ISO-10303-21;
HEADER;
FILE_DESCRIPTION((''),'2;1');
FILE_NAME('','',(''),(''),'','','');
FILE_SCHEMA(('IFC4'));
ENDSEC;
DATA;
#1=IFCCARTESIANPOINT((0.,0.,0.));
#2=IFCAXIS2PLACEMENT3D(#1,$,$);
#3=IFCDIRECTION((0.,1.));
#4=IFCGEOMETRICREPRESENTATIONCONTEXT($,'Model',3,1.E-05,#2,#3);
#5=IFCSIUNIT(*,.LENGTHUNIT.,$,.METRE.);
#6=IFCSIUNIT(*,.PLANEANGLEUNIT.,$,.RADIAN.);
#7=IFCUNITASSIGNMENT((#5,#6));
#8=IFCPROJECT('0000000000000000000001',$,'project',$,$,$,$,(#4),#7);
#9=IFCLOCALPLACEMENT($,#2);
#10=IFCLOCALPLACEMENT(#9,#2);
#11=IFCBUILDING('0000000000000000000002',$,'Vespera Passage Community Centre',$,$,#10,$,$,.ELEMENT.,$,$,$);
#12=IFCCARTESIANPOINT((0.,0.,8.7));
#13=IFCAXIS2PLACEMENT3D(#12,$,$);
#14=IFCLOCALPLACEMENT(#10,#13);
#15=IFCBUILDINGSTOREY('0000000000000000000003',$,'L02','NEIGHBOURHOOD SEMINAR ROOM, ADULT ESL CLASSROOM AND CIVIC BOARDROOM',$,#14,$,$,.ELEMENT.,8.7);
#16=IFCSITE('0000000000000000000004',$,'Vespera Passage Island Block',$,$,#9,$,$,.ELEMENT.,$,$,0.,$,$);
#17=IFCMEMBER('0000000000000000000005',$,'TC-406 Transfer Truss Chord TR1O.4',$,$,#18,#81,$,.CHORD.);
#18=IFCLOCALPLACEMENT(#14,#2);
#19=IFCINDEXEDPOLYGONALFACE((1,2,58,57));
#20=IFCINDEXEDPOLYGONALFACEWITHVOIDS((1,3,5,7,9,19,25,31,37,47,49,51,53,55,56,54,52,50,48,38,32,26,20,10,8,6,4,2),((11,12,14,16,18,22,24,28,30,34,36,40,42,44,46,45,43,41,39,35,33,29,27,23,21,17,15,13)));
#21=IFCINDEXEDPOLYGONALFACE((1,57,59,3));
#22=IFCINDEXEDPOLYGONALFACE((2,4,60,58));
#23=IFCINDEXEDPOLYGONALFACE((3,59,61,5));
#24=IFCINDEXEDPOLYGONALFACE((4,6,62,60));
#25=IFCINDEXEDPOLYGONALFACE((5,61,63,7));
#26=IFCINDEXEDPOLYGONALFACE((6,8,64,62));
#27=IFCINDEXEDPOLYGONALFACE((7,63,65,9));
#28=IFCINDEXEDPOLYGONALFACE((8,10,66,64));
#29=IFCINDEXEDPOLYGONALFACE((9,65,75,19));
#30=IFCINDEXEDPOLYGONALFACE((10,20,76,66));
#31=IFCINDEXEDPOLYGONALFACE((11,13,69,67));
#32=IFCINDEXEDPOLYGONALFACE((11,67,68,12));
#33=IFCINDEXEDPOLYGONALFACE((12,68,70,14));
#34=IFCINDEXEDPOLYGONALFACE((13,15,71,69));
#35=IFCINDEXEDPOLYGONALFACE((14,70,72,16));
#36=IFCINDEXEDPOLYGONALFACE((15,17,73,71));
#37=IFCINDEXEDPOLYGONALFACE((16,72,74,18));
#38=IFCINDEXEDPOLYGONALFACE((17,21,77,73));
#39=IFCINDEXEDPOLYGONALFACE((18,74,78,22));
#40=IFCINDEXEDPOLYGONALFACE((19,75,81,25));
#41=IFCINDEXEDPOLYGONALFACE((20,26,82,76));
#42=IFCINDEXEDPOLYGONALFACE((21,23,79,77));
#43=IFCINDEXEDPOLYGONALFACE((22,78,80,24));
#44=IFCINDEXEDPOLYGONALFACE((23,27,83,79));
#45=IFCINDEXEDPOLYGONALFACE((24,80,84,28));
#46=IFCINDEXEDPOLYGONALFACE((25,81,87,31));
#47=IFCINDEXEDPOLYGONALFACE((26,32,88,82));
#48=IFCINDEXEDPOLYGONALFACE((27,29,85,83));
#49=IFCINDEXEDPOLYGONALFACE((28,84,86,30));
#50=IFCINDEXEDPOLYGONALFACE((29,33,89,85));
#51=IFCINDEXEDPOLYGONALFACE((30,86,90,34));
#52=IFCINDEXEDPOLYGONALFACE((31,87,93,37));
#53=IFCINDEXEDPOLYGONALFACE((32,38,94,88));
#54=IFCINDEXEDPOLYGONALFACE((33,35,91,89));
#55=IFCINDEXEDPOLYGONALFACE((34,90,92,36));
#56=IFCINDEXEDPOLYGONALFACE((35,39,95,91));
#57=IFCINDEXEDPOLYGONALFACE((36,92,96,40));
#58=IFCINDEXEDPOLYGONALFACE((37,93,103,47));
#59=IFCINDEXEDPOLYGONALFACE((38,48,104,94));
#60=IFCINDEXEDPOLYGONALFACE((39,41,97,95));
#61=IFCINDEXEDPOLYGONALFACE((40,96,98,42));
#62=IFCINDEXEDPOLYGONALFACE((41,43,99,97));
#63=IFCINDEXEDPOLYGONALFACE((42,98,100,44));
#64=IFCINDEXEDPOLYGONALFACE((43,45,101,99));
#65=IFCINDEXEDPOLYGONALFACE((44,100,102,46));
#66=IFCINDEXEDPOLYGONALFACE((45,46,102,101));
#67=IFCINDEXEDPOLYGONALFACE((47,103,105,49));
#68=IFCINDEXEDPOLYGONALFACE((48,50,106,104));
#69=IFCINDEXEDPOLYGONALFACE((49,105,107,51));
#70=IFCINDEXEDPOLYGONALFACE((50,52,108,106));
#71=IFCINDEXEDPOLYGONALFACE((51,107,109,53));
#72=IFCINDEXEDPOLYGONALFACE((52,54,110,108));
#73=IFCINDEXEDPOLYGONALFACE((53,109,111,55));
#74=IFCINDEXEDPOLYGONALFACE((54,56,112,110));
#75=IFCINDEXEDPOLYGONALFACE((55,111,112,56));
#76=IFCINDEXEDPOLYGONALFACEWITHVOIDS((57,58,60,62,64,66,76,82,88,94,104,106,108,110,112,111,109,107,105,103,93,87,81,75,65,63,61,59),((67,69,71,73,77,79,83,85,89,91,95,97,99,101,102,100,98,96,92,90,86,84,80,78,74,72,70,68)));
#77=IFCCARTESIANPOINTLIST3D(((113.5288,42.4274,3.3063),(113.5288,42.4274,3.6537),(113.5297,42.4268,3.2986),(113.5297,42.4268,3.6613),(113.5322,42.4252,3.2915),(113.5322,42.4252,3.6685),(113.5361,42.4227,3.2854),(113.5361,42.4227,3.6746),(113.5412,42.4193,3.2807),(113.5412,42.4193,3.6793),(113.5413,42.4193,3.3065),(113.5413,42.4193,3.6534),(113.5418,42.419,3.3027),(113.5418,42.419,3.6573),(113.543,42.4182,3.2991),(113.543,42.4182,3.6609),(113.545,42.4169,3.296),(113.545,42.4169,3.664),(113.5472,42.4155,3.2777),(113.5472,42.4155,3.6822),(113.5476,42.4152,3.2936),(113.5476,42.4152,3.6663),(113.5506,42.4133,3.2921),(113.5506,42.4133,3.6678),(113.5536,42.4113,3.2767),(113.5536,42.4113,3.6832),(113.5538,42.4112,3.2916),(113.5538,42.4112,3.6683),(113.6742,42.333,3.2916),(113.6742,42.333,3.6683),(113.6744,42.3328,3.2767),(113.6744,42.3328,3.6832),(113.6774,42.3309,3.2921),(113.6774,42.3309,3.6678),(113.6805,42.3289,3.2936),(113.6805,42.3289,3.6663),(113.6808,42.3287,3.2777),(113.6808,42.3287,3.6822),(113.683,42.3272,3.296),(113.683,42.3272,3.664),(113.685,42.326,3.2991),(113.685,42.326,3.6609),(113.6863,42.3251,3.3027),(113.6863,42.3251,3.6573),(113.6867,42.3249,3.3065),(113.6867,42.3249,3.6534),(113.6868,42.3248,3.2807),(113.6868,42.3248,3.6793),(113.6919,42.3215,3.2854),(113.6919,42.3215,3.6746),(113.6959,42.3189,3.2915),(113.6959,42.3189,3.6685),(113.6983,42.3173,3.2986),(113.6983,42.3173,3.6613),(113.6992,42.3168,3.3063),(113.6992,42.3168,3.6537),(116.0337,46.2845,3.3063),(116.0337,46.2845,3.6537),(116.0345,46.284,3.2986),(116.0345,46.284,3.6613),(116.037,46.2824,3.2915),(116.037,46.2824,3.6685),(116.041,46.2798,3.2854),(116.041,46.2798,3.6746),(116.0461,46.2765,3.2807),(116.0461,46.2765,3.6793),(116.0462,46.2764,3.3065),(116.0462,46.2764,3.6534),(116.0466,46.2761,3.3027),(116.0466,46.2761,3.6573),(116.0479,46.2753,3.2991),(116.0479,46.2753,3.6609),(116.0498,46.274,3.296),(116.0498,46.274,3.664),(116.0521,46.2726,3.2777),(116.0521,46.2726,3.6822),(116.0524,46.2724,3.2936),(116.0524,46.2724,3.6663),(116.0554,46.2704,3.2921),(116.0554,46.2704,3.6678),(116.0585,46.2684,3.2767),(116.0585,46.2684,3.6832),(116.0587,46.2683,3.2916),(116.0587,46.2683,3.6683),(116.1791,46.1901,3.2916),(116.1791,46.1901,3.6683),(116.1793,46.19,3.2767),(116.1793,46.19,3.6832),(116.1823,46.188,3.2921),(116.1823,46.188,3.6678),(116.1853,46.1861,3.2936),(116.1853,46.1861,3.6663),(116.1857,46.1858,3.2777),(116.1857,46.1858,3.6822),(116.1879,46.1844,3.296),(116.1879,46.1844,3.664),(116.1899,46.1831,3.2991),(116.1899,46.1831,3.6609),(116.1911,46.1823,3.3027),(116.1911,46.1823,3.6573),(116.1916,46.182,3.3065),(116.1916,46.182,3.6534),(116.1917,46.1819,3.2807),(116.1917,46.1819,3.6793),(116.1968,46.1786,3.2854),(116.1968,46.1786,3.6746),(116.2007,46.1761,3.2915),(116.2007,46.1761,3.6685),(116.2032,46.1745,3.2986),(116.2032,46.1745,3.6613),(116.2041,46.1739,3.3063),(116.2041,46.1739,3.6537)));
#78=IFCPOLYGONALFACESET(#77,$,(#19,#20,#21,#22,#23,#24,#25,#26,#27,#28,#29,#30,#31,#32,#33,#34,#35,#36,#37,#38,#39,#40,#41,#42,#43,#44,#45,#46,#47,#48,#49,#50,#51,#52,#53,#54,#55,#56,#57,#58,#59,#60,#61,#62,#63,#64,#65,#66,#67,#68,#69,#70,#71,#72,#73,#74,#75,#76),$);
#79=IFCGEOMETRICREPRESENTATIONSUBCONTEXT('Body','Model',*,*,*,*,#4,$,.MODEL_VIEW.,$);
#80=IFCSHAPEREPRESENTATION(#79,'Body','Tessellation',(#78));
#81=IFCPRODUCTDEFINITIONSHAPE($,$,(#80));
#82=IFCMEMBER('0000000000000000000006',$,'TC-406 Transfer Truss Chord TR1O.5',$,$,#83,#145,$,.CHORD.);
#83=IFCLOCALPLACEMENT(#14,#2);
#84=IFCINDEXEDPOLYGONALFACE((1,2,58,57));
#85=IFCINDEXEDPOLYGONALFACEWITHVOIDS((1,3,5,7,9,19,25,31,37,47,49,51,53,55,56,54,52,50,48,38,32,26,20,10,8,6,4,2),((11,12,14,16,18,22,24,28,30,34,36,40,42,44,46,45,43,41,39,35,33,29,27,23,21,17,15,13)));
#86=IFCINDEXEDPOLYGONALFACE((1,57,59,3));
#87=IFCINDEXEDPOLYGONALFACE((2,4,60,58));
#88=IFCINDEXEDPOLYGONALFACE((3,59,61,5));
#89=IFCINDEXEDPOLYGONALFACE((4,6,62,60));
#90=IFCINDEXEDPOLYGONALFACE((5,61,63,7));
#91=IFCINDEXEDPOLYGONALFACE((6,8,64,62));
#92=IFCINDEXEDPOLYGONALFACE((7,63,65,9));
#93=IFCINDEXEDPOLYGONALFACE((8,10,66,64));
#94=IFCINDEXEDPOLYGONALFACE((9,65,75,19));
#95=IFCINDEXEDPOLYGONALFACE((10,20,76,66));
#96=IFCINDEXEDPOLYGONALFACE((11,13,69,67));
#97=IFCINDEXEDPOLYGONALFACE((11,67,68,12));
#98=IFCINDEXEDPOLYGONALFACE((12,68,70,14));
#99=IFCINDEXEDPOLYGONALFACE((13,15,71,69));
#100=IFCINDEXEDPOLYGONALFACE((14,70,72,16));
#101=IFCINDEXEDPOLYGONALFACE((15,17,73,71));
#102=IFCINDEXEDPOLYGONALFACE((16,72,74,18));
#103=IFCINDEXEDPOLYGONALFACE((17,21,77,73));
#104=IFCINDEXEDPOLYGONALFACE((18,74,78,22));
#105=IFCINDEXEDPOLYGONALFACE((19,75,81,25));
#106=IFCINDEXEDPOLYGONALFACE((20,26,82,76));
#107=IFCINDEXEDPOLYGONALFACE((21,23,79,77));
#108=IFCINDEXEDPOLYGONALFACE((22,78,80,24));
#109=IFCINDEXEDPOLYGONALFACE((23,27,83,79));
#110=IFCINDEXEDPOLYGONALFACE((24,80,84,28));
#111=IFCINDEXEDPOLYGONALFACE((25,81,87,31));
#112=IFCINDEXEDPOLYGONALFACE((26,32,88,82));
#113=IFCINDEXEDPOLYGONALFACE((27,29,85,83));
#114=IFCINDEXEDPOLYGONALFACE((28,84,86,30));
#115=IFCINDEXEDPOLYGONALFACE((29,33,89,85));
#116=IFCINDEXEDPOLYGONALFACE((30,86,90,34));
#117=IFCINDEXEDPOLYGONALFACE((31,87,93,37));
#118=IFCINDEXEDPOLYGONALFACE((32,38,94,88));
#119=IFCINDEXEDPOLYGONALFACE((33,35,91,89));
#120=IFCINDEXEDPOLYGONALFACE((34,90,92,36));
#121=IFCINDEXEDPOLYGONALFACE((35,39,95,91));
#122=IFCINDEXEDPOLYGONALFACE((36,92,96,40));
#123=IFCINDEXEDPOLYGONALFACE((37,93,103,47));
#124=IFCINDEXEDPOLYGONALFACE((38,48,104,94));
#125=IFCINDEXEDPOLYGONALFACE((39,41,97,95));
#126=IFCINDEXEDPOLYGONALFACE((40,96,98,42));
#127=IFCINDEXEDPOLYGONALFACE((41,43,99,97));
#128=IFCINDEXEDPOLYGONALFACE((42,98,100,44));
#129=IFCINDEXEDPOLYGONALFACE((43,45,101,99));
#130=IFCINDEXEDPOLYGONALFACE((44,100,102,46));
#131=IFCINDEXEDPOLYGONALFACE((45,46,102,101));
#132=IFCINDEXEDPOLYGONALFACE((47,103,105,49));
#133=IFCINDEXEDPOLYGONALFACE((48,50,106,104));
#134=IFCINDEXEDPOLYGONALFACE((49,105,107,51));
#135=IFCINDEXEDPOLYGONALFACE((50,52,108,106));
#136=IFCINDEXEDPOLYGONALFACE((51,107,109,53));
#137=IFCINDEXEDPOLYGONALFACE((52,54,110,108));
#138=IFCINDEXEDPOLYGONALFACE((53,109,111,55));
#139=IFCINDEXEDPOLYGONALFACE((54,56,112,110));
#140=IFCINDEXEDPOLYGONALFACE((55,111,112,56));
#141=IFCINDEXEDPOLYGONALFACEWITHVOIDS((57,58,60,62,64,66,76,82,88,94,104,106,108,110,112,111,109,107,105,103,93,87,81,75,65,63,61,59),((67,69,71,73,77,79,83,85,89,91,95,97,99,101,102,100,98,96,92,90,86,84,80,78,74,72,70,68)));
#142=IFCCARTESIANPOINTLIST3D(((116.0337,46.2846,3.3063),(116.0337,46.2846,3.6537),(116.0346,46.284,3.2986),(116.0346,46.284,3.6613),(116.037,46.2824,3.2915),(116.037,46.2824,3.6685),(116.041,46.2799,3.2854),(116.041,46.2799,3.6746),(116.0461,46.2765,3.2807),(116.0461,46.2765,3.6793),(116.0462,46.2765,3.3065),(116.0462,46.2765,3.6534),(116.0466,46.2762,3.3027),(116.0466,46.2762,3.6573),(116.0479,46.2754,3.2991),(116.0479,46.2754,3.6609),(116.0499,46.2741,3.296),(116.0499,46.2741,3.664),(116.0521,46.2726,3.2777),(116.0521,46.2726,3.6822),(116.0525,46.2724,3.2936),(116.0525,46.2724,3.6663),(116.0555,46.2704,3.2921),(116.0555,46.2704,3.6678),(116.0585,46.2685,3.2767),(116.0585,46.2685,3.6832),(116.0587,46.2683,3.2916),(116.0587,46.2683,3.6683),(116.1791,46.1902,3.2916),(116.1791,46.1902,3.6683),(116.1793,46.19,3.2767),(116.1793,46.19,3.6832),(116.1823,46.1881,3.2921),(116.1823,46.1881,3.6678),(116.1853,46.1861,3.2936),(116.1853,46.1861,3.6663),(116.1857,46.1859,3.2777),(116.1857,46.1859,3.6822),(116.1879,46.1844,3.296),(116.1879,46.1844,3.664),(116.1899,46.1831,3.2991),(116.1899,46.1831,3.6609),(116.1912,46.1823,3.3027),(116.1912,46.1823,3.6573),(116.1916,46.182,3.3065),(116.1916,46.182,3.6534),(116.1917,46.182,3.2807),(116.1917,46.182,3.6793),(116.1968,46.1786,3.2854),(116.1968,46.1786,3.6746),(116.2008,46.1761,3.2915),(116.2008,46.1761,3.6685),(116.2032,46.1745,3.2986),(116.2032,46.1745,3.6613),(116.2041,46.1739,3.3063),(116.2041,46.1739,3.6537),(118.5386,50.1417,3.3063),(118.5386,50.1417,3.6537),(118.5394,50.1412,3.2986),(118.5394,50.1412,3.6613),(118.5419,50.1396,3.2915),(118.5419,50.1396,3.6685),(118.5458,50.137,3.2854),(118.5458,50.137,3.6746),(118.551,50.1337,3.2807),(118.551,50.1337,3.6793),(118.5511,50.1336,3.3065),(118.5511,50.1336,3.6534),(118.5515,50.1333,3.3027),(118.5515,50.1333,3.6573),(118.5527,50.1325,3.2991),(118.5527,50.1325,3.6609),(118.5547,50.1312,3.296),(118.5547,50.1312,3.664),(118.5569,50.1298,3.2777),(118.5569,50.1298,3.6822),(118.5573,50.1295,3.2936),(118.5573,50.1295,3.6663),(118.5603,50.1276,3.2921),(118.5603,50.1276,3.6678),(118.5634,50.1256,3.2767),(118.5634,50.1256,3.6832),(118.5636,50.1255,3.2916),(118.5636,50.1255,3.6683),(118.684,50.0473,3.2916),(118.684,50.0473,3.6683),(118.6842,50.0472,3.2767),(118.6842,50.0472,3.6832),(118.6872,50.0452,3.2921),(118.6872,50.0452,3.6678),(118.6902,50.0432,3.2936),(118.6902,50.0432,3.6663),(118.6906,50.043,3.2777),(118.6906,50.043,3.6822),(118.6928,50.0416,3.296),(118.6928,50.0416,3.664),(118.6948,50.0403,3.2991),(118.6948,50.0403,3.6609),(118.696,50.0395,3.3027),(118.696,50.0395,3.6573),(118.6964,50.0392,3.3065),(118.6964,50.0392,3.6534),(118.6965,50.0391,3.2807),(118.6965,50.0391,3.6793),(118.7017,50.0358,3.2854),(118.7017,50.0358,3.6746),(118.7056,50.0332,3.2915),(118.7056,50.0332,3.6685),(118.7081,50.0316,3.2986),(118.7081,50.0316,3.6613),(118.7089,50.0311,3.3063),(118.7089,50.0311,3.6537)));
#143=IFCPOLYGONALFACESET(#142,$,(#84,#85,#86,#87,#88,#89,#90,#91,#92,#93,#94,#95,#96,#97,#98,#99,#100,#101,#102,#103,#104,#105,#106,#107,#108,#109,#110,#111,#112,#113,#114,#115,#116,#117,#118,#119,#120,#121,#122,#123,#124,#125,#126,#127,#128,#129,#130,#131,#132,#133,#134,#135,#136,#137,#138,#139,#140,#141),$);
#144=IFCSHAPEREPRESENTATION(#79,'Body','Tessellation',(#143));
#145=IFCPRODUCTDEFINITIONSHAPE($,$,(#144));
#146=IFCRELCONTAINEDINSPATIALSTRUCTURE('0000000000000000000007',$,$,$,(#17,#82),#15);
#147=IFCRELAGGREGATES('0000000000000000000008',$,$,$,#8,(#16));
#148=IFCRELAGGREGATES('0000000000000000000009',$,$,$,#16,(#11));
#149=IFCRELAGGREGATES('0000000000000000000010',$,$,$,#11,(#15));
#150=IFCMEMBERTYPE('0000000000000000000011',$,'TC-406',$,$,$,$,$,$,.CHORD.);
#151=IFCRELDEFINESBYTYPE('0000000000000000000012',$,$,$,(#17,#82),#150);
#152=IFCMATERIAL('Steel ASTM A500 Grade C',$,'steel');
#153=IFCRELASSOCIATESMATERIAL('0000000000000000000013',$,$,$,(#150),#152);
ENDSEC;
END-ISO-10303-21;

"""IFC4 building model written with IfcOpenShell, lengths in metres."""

from ifc_helpers import new_model, si_unit, direction, frame, origin, origin_2d, place, context, subcontext, project, spatial, hollow_rectangle, extrude, material, material_profile, profile_set, type_object, element, save


model = new_model("IFC4")

# Units and contexts
model_context = context("Model", 3, precision=1e-05, world=origin(), true_north=direction((0.0, 1.0)))
body_context = subcontext(model_context, "Body", "Model", "MODEL_VIEW")
ifc_project = project(units=[si_unit("LENGTHUNIT", "METRE"), si_unit("PLANEANGLEUNIT", "RADIAN")], contexts=[model_context])

# Site, building, storey
site_placement = place(None, origin())
site = spatial("IfcSite", under=ifc_project, at=site_placement, Name="Vespera Passage Island Block", CompositionType="ELEMENT", RefElevation=0.0)
building_placement = place(site_placement, origin())
building = spatial("IfcBuilding", under=site, at=building_placement, Name="Vespera Passage Community Centre", CompositionType="ELEMENT")
storey_placement = place(building_placement, frame((0.0, 0.0, 8.7)))
storey = spatial("IfcBuildingStorey", under=building, at=storey_placement, Name="L02", Description="NEIGHBOURHOOD SEMINAR ROOM, ADULT ESL CLASSROOM AND CIVIC BOARDROOM", CompositionType="ELEMENT", Elevation=8.7)

# Members
ifc_material_1 = material(Name="Steel ASTM A500 Grade C", Category="steel")
ifc_material_profile_1 = material_profile(ifc_material_1, hollow_rectangle(XDim=0.2031, YDim=0.4065, WallThickness=0.0149, InnerFilletRadius=0.0149, OuterFilletRadius=0.0295, at=origin_2d()), Name="HSS406X203X15.9")
ifc_profile_set_1 = profile_set([ifc_material_profile_1], Name="Steel ASTM A500 Grade C")
member_type_1 = type_object("IfcMemberType", Name="TC-406", PredefinedType="CHORD", material=ifc_profile_set_1)
for number, where, z_axis, x_axis, name in (
    (1, (113.614, 42.3721, 3.48), (0.544639, 0.83867, 0.0), (-0.83867, 0.544639, 0.0), "TC-406 Transfer Truss Chord TR1O.4"),
    (2, (116.1189, 46.2292, 3.48), (0.544639, 0.83867, 0.0), (-0.83867, 0.544639, 0.0), "TC-406 Transfer Truss Chord TR1O.5"),
):
    element("IfcMember", number, at=place(storey_placement, frame(where, z_axis=z_axis, x_axis=x_axis)), inside=storey, type_object=member_type_1, Name=name, PredefinedType="CHORD", context=body_context, shape_type="SweptSolid", body=[
        extrude(hollow_rectangle(XDim=0.2031, YDim=0.4065, WallThickness=0.0149, InnerFilletRadius=0.0149, OuterFilletRadius=0.0295, at=origin_2d()), origin(), (0.0, 0.0, 1.0), 4.5991),
    ])

save(model, "model.ifc")
